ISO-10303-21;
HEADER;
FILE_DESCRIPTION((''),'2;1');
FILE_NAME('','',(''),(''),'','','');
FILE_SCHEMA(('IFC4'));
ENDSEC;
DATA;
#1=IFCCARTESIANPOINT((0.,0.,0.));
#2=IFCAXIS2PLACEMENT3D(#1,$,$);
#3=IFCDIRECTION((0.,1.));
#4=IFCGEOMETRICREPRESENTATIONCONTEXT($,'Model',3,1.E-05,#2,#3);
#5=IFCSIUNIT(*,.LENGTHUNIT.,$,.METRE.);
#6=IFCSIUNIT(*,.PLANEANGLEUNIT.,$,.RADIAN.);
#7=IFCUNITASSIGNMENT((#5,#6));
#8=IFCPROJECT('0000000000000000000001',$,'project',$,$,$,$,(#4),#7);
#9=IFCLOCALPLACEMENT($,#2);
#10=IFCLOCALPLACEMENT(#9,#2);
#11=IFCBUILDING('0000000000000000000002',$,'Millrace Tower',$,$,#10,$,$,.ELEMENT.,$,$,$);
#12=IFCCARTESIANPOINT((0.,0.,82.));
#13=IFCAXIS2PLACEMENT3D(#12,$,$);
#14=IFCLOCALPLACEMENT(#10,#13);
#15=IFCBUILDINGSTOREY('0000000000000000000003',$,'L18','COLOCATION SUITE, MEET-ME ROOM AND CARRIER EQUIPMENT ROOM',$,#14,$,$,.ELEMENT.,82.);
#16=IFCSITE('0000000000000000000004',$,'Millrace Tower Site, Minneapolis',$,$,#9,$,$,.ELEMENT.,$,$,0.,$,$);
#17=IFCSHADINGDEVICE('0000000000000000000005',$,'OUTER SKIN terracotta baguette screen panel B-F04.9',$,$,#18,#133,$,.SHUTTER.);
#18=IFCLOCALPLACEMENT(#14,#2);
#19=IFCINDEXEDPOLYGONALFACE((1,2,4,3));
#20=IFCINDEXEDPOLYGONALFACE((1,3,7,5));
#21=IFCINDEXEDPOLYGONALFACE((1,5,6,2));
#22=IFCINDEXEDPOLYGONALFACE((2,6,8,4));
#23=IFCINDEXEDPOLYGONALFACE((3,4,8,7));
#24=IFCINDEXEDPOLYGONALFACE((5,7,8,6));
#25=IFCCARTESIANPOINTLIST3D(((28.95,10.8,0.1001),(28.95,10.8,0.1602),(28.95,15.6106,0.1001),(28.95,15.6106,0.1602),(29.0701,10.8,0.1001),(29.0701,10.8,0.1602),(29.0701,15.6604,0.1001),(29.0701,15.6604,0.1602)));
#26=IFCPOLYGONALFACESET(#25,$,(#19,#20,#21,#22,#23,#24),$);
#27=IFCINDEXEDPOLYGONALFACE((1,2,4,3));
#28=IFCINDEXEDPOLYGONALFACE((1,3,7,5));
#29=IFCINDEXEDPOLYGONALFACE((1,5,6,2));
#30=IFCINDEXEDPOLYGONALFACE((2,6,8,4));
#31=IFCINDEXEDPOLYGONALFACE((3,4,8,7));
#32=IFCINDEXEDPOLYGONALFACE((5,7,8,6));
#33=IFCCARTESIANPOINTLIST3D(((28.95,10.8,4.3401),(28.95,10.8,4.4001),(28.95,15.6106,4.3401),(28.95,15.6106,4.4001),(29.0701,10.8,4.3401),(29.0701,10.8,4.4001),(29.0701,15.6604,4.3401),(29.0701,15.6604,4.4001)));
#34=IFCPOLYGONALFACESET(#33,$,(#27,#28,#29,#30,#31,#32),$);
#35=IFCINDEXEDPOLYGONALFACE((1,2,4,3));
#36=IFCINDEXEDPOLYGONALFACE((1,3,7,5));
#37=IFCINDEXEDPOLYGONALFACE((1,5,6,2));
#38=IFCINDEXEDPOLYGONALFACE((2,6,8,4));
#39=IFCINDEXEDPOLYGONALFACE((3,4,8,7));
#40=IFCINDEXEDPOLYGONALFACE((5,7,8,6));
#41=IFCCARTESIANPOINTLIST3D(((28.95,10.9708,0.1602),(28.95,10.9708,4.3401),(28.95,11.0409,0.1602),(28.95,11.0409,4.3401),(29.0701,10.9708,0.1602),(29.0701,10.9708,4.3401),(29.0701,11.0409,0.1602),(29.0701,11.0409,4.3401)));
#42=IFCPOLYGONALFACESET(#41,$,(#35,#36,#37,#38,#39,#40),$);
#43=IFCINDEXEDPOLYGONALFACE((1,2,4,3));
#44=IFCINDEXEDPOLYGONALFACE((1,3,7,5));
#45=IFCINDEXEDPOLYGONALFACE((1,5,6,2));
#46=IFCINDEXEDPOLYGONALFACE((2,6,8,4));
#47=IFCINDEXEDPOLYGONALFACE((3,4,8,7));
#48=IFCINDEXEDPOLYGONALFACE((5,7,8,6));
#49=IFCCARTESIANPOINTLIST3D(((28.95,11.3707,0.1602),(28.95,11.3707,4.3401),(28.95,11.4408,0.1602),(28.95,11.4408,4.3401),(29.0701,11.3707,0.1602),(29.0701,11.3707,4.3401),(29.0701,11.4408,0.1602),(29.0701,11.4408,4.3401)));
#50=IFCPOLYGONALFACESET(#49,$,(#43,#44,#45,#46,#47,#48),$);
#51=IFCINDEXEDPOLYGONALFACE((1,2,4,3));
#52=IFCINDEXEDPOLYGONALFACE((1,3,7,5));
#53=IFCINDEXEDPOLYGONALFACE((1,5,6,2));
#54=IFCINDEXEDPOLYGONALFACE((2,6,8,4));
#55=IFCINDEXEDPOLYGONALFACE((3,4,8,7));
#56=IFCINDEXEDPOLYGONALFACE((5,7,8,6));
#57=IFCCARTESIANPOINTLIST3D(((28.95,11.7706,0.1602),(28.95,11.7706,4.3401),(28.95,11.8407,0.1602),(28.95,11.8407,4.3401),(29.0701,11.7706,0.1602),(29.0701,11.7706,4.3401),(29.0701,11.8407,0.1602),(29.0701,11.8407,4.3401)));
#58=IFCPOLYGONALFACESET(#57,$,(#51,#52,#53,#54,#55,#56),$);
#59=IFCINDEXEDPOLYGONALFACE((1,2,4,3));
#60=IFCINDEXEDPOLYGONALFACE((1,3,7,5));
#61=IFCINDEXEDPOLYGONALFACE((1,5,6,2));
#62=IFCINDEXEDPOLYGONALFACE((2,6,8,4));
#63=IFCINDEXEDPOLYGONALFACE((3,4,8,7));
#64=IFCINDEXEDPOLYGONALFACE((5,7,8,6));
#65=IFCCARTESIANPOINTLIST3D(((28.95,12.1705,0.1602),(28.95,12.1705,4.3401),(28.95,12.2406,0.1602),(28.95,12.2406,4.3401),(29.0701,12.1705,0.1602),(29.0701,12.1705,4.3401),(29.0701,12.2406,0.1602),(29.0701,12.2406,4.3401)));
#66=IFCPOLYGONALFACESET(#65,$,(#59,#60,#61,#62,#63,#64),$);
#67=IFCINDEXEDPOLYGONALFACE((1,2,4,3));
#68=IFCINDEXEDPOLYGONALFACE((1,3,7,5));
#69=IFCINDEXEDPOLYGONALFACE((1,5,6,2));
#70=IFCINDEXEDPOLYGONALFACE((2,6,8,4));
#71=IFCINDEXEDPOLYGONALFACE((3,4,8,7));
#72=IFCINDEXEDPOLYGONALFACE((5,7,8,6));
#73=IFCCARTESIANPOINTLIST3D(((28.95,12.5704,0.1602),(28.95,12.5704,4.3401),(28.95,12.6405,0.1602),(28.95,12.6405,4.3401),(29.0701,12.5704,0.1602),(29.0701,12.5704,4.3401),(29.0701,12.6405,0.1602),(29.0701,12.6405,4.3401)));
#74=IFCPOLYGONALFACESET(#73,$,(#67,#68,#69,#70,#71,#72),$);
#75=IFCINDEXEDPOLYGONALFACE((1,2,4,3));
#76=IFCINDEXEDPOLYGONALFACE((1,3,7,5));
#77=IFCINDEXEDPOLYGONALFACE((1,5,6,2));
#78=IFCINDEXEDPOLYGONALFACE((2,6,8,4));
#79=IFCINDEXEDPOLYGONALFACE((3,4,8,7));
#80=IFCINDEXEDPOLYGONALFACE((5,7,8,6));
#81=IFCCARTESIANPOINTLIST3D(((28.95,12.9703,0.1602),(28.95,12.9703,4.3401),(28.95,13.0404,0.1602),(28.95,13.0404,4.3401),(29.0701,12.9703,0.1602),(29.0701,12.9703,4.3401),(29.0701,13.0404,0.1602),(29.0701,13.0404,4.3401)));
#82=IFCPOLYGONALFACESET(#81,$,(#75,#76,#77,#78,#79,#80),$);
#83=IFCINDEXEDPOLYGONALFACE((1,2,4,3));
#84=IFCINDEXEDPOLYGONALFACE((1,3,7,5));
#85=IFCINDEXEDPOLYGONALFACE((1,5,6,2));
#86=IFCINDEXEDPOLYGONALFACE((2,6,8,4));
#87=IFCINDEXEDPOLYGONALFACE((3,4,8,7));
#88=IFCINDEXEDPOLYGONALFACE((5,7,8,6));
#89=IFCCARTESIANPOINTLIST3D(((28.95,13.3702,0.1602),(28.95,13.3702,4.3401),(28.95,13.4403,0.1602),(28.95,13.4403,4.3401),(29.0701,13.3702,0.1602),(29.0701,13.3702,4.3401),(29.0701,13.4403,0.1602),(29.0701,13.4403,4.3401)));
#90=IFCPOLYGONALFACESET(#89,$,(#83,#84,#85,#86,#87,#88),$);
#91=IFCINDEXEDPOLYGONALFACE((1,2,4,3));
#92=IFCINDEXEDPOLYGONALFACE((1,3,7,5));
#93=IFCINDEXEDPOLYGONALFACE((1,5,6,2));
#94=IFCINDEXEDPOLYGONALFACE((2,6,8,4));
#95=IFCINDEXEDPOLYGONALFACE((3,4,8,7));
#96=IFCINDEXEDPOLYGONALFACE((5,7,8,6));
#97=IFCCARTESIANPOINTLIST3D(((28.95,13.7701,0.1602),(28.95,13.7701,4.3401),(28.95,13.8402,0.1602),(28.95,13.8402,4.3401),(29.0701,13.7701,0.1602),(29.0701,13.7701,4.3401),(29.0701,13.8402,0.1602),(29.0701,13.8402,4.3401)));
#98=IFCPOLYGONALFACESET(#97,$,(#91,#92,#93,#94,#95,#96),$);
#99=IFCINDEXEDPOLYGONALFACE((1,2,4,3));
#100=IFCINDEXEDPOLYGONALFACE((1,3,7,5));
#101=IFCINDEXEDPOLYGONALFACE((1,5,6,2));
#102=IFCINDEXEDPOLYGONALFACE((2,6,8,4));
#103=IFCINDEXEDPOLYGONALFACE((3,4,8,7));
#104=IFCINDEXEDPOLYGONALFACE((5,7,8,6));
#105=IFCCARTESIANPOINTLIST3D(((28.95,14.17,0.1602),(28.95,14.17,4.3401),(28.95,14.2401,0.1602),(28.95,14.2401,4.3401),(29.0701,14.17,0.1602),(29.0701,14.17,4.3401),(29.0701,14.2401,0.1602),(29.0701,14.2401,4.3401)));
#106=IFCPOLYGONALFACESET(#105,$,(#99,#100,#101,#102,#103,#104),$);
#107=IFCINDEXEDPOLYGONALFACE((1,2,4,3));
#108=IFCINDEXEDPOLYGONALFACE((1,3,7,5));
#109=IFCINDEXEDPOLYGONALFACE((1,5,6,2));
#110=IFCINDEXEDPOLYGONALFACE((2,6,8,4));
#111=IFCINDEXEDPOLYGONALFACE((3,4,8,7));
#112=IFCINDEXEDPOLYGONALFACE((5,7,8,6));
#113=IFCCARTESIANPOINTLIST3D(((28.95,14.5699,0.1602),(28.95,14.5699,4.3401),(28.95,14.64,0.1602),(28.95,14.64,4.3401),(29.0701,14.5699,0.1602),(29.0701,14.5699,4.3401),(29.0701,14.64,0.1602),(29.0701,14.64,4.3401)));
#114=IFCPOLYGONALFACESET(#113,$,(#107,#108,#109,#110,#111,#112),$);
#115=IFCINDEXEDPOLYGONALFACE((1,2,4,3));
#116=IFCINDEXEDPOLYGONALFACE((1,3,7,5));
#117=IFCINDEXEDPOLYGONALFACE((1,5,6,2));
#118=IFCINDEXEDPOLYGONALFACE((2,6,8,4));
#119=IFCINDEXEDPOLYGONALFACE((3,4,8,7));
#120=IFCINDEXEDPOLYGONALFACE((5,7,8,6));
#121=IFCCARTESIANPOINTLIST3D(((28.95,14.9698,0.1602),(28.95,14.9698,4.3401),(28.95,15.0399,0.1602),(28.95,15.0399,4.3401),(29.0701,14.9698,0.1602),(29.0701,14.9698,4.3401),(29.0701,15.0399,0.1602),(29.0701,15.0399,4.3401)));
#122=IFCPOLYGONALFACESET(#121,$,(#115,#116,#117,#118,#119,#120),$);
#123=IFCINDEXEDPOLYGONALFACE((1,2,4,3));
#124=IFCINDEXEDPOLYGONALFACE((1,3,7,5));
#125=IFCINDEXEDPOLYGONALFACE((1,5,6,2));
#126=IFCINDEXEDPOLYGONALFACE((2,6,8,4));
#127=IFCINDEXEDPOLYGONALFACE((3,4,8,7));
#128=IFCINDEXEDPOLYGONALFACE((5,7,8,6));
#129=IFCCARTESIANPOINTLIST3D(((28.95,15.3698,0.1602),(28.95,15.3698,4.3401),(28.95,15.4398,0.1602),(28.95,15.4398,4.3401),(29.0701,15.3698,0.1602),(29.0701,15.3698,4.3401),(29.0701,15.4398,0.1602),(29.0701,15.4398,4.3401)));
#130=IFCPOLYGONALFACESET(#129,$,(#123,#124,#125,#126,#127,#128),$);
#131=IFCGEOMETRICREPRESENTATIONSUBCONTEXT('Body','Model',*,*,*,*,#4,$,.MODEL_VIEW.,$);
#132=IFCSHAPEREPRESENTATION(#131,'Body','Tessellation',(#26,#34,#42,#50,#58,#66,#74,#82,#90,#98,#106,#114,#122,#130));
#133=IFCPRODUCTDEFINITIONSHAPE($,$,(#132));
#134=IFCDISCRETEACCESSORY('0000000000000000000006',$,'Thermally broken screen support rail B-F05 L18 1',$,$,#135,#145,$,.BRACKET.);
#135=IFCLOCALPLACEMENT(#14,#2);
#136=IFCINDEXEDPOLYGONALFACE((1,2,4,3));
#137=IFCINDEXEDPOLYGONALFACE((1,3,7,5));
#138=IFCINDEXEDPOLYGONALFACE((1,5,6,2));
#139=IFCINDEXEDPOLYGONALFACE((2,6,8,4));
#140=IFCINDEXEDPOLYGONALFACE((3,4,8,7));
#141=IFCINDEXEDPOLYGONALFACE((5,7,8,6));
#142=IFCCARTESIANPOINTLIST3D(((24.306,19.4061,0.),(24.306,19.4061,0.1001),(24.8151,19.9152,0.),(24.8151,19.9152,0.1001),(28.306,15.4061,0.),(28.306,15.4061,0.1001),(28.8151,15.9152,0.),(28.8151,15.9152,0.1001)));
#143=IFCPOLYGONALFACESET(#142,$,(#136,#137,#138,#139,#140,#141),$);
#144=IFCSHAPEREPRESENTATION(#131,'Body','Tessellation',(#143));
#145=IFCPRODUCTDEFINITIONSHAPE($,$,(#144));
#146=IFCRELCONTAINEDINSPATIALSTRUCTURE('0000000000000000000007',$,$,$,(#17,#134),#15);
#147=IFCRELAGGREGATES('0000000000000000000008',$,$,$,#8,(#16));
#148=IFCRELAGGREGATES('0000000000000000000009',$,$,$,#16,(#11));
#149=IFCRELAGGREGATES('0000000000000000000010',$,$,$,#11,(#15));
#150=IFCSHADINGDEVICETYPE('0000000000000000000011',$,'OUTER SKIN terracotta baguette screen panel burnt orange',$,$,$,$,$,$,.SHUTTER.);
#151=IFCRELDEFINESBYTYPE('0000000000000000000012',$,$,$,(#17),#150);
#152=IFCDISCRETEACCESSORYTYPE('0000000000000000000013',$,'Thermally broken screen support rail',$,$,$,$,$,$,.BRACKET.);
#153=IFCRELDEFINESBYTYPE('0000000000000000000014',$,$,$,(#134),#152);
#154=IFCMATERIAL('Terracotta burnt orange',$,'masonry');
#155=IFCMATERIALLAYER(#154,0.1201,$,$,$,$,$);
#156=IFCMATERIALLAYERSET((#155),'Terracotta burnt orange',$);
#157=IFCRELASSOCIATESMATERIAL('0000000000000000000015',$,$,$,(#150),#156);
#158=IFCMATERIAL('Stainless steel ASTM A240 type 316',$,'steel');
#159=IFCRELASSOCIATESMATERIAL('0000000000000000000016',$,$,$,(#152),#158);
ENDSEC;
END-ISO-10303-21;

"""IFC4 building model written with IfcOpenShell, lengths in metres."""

from ifc_helpers import new_model, entity, si_unit, direction, frame, frame_2d, origin, origin_2d, place, context, subcontext, project, spatial, rectangle, extrude, source, transform, mapped, material, layer, layer_set, type_object, element, save


model = new_model("IFC4")

# Units and contexts
model_context = context("Model", 3, precision=1e-05, world=origin(), true_north=direction((0.0, 1.0)))
body_context = subcontext(model_context, "Body", "Model", "MODEL_VIEW")
ifc_project = project(units=[si_unit("LENGTHUNIT", "METRE"), si_unit("PLANEANGLEUNIT", "RADIAN")], contexts=[model_context])

# Site, building, storey
site_placement = place(None, origin())
site = spatial("IfcSite", under=ifc_project, at=site_placement, Name="Millrace Tower Site, Minneapolis", CompositionType="ELEMENT", RefElevation=0.0)
building_placement = place(site_placement, origin())
building = spatial("IfcBuilding", under=site, at=building_placement, Name="Millrace Tower", CompositionType="ELEMENT")
storey_placement = place(building_placement, frame((0.0, 0.0, 82.0)))
storey = spatial("IfcBuildingStorey", under=building, at=storey_placement, Name="L18", Description="COLOCATION SUITE, MEET-ME ROOM AND CARRIER EQUIPMENT ROOM", CompositionType="ELEMENT", Elevation=82.0)

# Shading device
ifc_material_1 = material(Name="Terracotta burnt orange", Category="masonry")
ifc_layer_1 = layer(ifc_material_1, 0.1201)
ifc_layer_set_1 = layer_set([ifc_layer_1], Name="Terracotta burnt orange")
shading_device_type = type_object("IfcShadingDeviceType", Name="OUTER SKIN terracotta baguette screen panel burnt orange", PredefinedType="SHUTTER", material=ifc_layer_set_1)
cartesian_point_1 = entity("IfcCartesianPoint", [-2.4177, 0.0601])
shared_polyline_1 = entity("IfcPolyline", [cartesian_point_1, entity("IfcCartesianPoint", [2.3928, 0.0601]), entity("IfcCartesianPoint", [2.4426, -0.0601]), entity("IfcCartesianPoint", [-2.4177, -0.0601]), cartesian_point_1])
shared_shape_1 = source(origin(), body_context, "Body", "SweptSolid", [
    entity("IfcExtrudedAreaSolid", entity("IfcArbitraryClosedProfileDef", "AREA", None, shared_polyline_1), entity("IfcAxis2Placement3D", entity("IfcCartesianPoint", [0.0, 0.0, 0.0])), entity("IfcDirection", [0.0, 0.0, 1.0]), 0.0601),
    entity("IfcExtrudedAreaSolid", entity("IfcArbitraryClosedProfileDef", "AREA", None, shared_polyline_1), entity("IfcAxis2Placement3D", entity("IfcCartesianPoint", [0.0, 0.0, 4.24])), entity("IfcDirection", [0.0, 0.0, 1.0]), 0.0601),
    extrude(rectangle(XDim=0.0701, YDim=0.1201, at=frame_2d((-2.2119, 0.0))), frame((0.0, 0.0, 0.0601)), (0.0, 0.0, 1.0), 4.1799),
    extrude(rectangle(XDim=0.0701, YDim=0.1201, at=frame_2d((-1.812, 0.0))), frame((0.0, 0.0, 0.0601)), (0.0, 0.0, 1.0), 4.1799),
    extrude(rectangle(XDim=0.0701, YDim=0.1201, at=frame_2d((-1.4121, 0.0))), frame((0.0, 0.0, 0.0601)), (0.0, 0.0, 1.0), 4.1799),
    extrude(rectangle(XDim=0.0701, YDim=0.1201, at=frame_2d((-1.0122, 0.0))), frame((0.0, 0.0, 0.0601)), (0.0, 0.0, 1.0), 4.1799),
    extrude(rectangle(XDim=0.0701, YDim=0.1201, at=frame_2d((-0.6123, 0.0))), frame((0.0, 0.0, 0.0601)), (0.0, 0.0, 1.0), 4.1799),
    extrude(rectangle(XDim=0.0701, YDim=0.1201, at=frame_2d((-0.2124, 0.0))), frame((0.0, 0.0, 0.0601)), (0.0, 0.0, 1.0), 4.1799),
    extrude(rectangle(XDim=0.0701, YDim=0.1201, at=frame_2d((0.1875, 0.0))), frame((0.0, 0.0, 0.0601)), (0.0, 0.0, 1.0), 4.1799),
    extrude(rectangle(XDim=0.0701, YDim=0.1201, at=frame_2d((0.5874, 0.0))), frame((0.0, 0.0, 0.0601)), (0.0, 0.0, 1.0), 4.1799),
    extrude(rectangle(XDim=0.0701, YDim=0.1201, at=frame_2d((0.9873, 0.0))), frame((0.0, 0.0, 0.0601)), (0.0, 0.0, 1.0), 4.1799),
    extrude(rectangle(XDim=0.0701, YDim=0.1201, at=frame_2d((1.3872, 0.0))), frame((0.0, 0.0, 0.0601)), (0.0, 0.0, 1.0), 4.1799),
    extrude(rectangle(XDim=0.0701, YDim=0.1201, at=frame_2d((1.7871, 0.0))), frame((0.0, 0.0, 0.0601)), (0.0, 0.0, 1.0), 4.1799),
    extrude(rectangle(XDim=0.0701, YDim=0.1201, at=frame_2d((2.187, 0.0))), frame((0.0, 0.0, 0.0601)), (0.0, 0.0, 1.0), 4.1799),
])
shading_device_1_placement = place(storey_placement, frame((29.01, 13.2178, 0.1001), z_axis=(0.0, 0.0, 1.0), x_axis=(0.0, 1.0, 0.0)))
element("IfcShadingDevice", 1, at=shading_device_1_placement, inside=storey, type_object=shading_device_type, Name="OUTER SKIN terracotta baguette screen panel B-F04.9", PredefinedType="SHUTTER", context=body_context, shape_type="MappedRepresentation", body=[
    mapped(shared_shape_1, transform((0.0, 0.0, 0.0), scale=1.0)),
])

# Discrete accessory
ifc_material_2 = material(Name="Stainless steel ASTM A240 type 316", Category="steel")
discrete_accessory_type = type_object("IfcDiscreteAccessoryType", Name="Thermally broken screen support rail", PredefinedType="BRACKET", material=ifc_material_2)
discrete_accessory_placement = place(storey_placement, frame((26.5605, 17.6606, 0.0), z_axis=(0.0, 0.0, 1.0), x_axis=(-0.707107, 0.707107, 0.0)))
element("IfcDiscreteAccessory", 2, at=discrete_accessory_placement, inside=storey, type_object=discrete_accessory_type, Name="Thermally broken screen support rail B-F05 L18 1", PredefinedType="BRACKET", context=body_context, shape_type="SweptSolid", body=[
    extrude(rectangle(XDim=5.6567, YDim=0.72, at=origin_2d()), origin(), (0.0, 0.0, 1.0), 0.1001),
])

save(model, "model.ifc")
